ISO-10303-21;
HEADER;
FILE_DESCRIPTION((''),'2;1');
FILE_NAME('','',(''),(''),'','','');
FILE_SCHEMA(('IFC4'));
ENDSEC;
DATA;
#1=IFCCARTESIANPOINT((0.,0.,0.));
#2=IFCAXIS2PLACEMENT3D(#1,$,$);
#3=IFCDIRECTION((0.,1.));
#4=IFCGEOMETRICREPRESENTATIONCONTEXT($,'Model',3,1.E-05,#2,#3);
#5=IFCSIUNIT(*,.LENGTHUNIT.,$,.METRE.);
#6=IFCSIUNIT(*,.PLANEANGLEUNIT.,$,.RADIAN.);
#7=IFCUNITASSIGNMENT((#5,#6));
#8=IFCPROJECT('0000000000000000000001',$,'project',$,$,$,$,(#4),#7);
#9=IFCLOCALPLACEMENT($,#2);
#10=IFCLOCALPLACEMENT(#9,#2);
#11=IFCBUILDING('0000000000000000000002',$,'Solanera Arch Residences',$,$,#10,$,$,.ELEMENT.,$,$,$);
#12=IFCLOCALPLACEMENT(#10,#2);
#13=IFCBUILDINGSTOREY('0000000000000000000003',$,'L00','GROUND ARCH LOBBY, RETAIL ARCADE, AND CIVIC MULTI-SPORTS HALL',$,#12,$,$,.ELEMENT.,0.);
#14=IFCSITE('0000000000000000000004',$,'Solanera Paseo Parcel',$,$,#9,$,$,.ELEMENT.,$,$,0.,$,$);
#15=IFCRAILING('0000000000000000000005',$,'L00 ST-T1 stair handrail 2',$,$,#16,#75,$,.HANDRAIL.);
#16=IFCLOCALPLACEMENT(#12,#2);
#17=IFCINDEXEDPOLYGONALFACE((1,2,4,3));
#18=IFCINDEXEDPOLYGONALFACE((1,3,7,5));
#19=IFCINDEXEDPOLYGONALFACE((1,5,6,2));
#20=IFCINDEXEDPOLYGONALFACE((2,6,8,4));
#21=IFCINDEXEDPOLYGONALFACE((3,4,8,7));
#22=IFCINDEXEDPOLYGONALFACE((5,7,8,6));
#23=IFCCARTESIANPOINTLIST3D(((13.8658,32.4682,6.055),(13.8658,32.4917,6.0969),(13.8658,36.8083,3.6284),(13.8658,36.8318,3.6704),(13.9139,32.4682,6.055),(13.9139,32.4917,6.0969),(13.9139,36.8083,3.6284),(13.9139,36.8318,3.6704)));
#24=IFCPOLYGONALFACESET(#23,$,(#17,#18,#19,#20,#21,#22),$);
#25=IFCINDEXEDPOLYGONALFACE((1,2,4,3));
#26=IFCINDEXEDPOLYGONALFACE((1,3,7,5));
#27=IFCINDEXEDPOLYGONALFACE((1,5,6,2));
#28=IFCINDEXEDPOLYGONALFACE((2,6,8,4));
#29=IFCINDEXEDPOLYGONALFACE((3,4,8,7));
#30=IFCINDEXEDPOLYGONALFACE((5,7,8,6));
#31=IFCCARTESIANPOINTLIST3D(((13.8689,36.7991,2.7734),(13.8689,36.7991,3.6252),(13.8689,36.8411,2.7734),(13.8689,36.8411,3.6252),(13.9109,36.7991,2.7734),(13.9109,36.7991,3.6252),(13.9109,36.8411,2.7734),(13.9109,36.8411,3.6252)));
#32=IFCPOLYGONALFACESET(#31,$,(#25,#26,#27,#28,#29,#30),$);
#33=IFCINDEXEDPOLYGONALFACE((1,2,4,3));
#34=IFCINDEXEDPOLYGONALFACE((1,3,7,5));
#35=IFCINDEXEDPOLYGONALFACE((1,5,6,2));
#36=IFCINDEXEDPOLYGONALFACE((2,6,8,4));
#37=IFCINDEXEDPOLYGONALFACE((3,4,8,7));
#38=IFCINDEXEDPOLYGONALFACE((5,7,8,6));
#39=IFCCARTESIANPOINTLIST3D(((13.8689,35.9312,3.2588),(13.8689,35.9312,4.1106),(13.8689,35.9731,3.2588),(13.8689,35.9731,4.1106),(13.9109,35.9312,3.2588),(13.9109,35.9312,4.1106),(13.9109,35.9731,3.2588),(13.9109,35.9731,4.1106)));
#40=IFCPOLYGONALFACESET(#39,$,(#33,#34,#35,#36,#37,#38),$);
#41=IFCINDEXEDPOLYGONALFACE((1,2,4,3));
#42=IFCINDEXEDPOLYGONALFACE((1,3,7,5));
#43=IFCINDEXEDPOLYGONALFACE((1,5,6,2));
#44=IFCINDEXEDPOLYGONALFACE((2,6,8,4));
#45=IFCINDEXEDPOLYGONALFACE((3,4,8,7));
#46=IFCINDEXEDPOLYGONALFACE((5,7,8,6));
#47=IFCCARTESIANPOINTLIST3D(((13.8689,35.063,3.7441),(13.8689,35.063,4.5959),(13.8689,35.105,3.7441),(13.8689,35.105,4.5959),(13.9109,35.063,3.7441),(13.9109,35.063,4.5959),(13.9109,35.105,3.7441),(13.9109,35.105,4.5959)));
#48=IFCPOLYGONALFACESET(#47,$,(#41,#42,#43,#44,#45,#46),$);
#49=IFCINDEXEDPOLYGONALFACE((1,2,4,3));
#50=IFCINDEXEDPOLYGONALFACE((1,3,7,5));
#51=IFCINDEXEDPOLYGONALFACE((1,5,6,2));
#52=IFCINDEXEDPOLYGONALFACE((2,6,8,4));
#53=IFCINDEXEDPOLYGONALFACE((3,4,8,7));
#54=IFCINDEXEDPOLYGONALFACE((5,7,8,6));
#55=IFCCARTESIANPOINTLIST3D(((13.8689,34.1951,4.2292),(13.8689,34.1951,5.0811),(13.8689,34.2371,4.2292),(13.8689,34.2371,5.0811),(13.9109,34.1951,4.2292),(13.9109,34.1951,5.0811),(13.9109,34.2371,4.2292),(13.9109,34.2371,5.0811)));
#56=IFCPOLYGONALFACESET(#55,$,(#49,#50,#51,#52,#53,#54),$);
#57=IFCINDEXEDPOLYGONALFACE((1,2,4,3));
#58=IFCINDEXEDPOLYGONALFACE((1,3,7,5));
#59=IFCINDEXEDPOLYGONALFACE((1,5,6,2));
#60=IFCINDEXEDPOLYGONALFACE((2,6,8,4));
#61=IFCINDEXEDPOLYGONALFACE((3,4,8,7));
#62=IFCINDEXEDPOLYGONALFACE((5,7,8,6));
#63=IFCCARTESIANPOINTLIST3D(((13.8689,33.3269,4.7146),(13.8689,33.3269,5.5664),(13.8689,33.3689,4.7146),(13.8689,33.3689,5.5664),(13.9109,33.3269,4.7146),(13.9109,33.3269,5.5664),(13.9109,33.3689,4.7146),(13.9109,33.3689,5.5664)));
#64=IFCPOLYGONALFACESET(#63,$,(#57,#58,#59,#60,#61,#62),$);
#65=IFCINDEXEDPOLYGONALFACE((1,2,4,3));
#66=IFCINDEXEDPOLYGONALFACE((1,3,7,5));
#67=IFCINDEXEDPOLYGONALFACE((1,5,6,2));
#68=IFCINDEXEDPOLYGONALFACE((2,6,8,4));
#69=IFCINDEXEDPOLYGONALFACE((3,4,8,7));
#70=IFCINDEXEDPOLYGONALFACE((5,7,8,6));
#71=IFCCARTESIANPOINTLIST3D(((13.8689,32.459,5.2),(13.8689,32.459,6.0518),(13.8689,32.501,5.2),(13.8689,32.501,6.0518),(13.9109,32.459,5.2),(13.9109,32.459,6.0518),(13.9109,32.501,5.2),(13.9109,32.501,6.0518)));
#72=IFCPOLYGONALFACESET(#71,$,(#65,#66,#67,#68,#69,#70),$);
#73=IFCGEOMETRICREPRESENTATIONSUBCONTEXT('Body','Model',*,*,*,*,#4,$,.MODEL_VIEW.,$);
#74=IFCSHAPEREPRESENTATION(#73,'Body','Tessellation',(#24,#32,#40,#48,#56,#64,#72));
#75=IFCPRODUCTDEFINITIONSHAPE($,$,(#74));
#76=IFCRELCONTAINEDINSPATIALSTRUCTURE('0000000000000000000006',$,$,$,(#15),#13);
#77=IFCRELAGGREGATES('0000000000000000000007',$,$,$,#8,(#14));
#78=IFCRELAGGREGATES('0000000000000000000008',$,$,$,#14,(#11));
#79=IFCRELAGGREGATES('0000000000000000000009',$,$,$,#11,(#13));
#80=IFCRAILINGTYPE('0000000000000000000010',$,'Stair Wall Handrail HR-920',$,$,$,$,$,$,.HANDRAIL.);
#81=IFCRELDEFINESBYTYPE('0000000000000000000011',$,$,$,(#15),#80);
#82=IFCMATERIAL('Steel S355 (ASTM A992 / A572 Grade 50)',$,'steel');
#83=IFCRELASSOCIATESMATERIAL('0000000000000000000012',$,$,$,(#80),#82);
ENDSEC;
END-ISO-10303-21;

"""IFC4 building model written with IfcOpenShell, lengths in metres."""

from ifc_helpers import new_model, si_unit, direction, frame, origin, origin_2d, place, context, subcontext, project, spatial, rectangle, extrude, material, type_object, element, save


model = new_model("IFC4")

# Units and contexts
model_context = context("Model", 3, precision=1e-05, world=origin(), true_north=direction((0.0, 1.0)))
body_context = subcontext(model_context, "Body", "Model", "MODEL_VIEW")
ifc_project = project(units=[si_unit("LENGTHUNIT", "METRE"), si_unit("PLANEANGLEUNIT", "RADIAN")], contexts=[model_context])

# Site, building, storey
site_placement = place(None, origin())
site = spatial("IfcSite", under=ifc_project, at=site_placement, Name="Solanera Paseo Parcel", CompositionType="ELEMENT", RefElevation=0.0)
building_placement = place(site_placement, origin())
building = spatial("IfcBuilding", under=site, at=building_placement, Name="Solanera Arch Residences", CompositionType="ELEMENT")
storey_placement = place(building_placement, origin())
storey = spatial("IfcBuildingStorey", under=building, at=storey_placement, Name="L00", Description="GROUND ARCH LOBBY, RETAIL ARCADE, AND CIVIC MULTI-SPORTS HALL", CompositionType="ELEMENT", Elevation=0.0)

# Railing
ifc_material_1 = material(Name="Steel S355 (ASTM A992 / A572 Grade 50)", Category="steel")
railing_type_1 = type_object("IfcRailingType", Name="Stair Wall Handrail HR-920", PredefinedType="HANDRAIL", material=ifc_material_1)
railing_1_placement = place(storey_placement, frame((13.8899, 36.8201, 2.7734)))
element("IfcRailing", 1, at=railing_1_placement, inside=storey, type_object=railing_type_1, Name="L00 ST-T1 stair handrail 2", PredefinedType="HANDRAIL", context=body_context, shape_type="SweptSolid", body=[
    extrude(rectangle(XDim=0.0481, YDim=0.0481, at=origin_2d()), frame((0.0, 0.0, 0.876), z_axis=(0.0, -0.872843, 0.488001), x_axis=(1.0, 0.0, 0.0)), (0.0, 0.0, 1.0), 4.9724),
    extrude(rectangle(XDim=0.042, YDim=0.042, at=origin_2d()), origin(), (0.0, 0.0, 1.0), 0.8518),
    extrude(rectangle(XDim=0.042, YDim=0.042, at=origin_2d()), frame((0.0, -0.8679, 0.4854)), (0.0, 0.0, 1.0), 0.8518),
    extrude(rectangle(XDim=0.042, YDim=0.042, at=origin_2d()), frame((0.0, -1.7361, 0.9707)), (0.0, 0.0, 1.0), 0.8518),
    extrude(rectangle(XDim=0.042, YDim=0.042, at=origin_2d()), frame((0.0, -2.604, 1.4558)), (0.0, 0.0, 1.0), 0.8518),
    extrude(rectangle(XDim=0.042, YDim=0.042, at=origin_2d()), frame((0.0, -3.4722, 1.9412)), (0.0, 0.0, 1.0), 0.8518),
    extrude(rectangle(XDim=0.042, YDim=0.042, at=origin_2d()), frame((0.0, -4.3401, 2.4265)), (0.0, 0.0, 1.0), 0.8518),
])

save(model, "model.ifc")
